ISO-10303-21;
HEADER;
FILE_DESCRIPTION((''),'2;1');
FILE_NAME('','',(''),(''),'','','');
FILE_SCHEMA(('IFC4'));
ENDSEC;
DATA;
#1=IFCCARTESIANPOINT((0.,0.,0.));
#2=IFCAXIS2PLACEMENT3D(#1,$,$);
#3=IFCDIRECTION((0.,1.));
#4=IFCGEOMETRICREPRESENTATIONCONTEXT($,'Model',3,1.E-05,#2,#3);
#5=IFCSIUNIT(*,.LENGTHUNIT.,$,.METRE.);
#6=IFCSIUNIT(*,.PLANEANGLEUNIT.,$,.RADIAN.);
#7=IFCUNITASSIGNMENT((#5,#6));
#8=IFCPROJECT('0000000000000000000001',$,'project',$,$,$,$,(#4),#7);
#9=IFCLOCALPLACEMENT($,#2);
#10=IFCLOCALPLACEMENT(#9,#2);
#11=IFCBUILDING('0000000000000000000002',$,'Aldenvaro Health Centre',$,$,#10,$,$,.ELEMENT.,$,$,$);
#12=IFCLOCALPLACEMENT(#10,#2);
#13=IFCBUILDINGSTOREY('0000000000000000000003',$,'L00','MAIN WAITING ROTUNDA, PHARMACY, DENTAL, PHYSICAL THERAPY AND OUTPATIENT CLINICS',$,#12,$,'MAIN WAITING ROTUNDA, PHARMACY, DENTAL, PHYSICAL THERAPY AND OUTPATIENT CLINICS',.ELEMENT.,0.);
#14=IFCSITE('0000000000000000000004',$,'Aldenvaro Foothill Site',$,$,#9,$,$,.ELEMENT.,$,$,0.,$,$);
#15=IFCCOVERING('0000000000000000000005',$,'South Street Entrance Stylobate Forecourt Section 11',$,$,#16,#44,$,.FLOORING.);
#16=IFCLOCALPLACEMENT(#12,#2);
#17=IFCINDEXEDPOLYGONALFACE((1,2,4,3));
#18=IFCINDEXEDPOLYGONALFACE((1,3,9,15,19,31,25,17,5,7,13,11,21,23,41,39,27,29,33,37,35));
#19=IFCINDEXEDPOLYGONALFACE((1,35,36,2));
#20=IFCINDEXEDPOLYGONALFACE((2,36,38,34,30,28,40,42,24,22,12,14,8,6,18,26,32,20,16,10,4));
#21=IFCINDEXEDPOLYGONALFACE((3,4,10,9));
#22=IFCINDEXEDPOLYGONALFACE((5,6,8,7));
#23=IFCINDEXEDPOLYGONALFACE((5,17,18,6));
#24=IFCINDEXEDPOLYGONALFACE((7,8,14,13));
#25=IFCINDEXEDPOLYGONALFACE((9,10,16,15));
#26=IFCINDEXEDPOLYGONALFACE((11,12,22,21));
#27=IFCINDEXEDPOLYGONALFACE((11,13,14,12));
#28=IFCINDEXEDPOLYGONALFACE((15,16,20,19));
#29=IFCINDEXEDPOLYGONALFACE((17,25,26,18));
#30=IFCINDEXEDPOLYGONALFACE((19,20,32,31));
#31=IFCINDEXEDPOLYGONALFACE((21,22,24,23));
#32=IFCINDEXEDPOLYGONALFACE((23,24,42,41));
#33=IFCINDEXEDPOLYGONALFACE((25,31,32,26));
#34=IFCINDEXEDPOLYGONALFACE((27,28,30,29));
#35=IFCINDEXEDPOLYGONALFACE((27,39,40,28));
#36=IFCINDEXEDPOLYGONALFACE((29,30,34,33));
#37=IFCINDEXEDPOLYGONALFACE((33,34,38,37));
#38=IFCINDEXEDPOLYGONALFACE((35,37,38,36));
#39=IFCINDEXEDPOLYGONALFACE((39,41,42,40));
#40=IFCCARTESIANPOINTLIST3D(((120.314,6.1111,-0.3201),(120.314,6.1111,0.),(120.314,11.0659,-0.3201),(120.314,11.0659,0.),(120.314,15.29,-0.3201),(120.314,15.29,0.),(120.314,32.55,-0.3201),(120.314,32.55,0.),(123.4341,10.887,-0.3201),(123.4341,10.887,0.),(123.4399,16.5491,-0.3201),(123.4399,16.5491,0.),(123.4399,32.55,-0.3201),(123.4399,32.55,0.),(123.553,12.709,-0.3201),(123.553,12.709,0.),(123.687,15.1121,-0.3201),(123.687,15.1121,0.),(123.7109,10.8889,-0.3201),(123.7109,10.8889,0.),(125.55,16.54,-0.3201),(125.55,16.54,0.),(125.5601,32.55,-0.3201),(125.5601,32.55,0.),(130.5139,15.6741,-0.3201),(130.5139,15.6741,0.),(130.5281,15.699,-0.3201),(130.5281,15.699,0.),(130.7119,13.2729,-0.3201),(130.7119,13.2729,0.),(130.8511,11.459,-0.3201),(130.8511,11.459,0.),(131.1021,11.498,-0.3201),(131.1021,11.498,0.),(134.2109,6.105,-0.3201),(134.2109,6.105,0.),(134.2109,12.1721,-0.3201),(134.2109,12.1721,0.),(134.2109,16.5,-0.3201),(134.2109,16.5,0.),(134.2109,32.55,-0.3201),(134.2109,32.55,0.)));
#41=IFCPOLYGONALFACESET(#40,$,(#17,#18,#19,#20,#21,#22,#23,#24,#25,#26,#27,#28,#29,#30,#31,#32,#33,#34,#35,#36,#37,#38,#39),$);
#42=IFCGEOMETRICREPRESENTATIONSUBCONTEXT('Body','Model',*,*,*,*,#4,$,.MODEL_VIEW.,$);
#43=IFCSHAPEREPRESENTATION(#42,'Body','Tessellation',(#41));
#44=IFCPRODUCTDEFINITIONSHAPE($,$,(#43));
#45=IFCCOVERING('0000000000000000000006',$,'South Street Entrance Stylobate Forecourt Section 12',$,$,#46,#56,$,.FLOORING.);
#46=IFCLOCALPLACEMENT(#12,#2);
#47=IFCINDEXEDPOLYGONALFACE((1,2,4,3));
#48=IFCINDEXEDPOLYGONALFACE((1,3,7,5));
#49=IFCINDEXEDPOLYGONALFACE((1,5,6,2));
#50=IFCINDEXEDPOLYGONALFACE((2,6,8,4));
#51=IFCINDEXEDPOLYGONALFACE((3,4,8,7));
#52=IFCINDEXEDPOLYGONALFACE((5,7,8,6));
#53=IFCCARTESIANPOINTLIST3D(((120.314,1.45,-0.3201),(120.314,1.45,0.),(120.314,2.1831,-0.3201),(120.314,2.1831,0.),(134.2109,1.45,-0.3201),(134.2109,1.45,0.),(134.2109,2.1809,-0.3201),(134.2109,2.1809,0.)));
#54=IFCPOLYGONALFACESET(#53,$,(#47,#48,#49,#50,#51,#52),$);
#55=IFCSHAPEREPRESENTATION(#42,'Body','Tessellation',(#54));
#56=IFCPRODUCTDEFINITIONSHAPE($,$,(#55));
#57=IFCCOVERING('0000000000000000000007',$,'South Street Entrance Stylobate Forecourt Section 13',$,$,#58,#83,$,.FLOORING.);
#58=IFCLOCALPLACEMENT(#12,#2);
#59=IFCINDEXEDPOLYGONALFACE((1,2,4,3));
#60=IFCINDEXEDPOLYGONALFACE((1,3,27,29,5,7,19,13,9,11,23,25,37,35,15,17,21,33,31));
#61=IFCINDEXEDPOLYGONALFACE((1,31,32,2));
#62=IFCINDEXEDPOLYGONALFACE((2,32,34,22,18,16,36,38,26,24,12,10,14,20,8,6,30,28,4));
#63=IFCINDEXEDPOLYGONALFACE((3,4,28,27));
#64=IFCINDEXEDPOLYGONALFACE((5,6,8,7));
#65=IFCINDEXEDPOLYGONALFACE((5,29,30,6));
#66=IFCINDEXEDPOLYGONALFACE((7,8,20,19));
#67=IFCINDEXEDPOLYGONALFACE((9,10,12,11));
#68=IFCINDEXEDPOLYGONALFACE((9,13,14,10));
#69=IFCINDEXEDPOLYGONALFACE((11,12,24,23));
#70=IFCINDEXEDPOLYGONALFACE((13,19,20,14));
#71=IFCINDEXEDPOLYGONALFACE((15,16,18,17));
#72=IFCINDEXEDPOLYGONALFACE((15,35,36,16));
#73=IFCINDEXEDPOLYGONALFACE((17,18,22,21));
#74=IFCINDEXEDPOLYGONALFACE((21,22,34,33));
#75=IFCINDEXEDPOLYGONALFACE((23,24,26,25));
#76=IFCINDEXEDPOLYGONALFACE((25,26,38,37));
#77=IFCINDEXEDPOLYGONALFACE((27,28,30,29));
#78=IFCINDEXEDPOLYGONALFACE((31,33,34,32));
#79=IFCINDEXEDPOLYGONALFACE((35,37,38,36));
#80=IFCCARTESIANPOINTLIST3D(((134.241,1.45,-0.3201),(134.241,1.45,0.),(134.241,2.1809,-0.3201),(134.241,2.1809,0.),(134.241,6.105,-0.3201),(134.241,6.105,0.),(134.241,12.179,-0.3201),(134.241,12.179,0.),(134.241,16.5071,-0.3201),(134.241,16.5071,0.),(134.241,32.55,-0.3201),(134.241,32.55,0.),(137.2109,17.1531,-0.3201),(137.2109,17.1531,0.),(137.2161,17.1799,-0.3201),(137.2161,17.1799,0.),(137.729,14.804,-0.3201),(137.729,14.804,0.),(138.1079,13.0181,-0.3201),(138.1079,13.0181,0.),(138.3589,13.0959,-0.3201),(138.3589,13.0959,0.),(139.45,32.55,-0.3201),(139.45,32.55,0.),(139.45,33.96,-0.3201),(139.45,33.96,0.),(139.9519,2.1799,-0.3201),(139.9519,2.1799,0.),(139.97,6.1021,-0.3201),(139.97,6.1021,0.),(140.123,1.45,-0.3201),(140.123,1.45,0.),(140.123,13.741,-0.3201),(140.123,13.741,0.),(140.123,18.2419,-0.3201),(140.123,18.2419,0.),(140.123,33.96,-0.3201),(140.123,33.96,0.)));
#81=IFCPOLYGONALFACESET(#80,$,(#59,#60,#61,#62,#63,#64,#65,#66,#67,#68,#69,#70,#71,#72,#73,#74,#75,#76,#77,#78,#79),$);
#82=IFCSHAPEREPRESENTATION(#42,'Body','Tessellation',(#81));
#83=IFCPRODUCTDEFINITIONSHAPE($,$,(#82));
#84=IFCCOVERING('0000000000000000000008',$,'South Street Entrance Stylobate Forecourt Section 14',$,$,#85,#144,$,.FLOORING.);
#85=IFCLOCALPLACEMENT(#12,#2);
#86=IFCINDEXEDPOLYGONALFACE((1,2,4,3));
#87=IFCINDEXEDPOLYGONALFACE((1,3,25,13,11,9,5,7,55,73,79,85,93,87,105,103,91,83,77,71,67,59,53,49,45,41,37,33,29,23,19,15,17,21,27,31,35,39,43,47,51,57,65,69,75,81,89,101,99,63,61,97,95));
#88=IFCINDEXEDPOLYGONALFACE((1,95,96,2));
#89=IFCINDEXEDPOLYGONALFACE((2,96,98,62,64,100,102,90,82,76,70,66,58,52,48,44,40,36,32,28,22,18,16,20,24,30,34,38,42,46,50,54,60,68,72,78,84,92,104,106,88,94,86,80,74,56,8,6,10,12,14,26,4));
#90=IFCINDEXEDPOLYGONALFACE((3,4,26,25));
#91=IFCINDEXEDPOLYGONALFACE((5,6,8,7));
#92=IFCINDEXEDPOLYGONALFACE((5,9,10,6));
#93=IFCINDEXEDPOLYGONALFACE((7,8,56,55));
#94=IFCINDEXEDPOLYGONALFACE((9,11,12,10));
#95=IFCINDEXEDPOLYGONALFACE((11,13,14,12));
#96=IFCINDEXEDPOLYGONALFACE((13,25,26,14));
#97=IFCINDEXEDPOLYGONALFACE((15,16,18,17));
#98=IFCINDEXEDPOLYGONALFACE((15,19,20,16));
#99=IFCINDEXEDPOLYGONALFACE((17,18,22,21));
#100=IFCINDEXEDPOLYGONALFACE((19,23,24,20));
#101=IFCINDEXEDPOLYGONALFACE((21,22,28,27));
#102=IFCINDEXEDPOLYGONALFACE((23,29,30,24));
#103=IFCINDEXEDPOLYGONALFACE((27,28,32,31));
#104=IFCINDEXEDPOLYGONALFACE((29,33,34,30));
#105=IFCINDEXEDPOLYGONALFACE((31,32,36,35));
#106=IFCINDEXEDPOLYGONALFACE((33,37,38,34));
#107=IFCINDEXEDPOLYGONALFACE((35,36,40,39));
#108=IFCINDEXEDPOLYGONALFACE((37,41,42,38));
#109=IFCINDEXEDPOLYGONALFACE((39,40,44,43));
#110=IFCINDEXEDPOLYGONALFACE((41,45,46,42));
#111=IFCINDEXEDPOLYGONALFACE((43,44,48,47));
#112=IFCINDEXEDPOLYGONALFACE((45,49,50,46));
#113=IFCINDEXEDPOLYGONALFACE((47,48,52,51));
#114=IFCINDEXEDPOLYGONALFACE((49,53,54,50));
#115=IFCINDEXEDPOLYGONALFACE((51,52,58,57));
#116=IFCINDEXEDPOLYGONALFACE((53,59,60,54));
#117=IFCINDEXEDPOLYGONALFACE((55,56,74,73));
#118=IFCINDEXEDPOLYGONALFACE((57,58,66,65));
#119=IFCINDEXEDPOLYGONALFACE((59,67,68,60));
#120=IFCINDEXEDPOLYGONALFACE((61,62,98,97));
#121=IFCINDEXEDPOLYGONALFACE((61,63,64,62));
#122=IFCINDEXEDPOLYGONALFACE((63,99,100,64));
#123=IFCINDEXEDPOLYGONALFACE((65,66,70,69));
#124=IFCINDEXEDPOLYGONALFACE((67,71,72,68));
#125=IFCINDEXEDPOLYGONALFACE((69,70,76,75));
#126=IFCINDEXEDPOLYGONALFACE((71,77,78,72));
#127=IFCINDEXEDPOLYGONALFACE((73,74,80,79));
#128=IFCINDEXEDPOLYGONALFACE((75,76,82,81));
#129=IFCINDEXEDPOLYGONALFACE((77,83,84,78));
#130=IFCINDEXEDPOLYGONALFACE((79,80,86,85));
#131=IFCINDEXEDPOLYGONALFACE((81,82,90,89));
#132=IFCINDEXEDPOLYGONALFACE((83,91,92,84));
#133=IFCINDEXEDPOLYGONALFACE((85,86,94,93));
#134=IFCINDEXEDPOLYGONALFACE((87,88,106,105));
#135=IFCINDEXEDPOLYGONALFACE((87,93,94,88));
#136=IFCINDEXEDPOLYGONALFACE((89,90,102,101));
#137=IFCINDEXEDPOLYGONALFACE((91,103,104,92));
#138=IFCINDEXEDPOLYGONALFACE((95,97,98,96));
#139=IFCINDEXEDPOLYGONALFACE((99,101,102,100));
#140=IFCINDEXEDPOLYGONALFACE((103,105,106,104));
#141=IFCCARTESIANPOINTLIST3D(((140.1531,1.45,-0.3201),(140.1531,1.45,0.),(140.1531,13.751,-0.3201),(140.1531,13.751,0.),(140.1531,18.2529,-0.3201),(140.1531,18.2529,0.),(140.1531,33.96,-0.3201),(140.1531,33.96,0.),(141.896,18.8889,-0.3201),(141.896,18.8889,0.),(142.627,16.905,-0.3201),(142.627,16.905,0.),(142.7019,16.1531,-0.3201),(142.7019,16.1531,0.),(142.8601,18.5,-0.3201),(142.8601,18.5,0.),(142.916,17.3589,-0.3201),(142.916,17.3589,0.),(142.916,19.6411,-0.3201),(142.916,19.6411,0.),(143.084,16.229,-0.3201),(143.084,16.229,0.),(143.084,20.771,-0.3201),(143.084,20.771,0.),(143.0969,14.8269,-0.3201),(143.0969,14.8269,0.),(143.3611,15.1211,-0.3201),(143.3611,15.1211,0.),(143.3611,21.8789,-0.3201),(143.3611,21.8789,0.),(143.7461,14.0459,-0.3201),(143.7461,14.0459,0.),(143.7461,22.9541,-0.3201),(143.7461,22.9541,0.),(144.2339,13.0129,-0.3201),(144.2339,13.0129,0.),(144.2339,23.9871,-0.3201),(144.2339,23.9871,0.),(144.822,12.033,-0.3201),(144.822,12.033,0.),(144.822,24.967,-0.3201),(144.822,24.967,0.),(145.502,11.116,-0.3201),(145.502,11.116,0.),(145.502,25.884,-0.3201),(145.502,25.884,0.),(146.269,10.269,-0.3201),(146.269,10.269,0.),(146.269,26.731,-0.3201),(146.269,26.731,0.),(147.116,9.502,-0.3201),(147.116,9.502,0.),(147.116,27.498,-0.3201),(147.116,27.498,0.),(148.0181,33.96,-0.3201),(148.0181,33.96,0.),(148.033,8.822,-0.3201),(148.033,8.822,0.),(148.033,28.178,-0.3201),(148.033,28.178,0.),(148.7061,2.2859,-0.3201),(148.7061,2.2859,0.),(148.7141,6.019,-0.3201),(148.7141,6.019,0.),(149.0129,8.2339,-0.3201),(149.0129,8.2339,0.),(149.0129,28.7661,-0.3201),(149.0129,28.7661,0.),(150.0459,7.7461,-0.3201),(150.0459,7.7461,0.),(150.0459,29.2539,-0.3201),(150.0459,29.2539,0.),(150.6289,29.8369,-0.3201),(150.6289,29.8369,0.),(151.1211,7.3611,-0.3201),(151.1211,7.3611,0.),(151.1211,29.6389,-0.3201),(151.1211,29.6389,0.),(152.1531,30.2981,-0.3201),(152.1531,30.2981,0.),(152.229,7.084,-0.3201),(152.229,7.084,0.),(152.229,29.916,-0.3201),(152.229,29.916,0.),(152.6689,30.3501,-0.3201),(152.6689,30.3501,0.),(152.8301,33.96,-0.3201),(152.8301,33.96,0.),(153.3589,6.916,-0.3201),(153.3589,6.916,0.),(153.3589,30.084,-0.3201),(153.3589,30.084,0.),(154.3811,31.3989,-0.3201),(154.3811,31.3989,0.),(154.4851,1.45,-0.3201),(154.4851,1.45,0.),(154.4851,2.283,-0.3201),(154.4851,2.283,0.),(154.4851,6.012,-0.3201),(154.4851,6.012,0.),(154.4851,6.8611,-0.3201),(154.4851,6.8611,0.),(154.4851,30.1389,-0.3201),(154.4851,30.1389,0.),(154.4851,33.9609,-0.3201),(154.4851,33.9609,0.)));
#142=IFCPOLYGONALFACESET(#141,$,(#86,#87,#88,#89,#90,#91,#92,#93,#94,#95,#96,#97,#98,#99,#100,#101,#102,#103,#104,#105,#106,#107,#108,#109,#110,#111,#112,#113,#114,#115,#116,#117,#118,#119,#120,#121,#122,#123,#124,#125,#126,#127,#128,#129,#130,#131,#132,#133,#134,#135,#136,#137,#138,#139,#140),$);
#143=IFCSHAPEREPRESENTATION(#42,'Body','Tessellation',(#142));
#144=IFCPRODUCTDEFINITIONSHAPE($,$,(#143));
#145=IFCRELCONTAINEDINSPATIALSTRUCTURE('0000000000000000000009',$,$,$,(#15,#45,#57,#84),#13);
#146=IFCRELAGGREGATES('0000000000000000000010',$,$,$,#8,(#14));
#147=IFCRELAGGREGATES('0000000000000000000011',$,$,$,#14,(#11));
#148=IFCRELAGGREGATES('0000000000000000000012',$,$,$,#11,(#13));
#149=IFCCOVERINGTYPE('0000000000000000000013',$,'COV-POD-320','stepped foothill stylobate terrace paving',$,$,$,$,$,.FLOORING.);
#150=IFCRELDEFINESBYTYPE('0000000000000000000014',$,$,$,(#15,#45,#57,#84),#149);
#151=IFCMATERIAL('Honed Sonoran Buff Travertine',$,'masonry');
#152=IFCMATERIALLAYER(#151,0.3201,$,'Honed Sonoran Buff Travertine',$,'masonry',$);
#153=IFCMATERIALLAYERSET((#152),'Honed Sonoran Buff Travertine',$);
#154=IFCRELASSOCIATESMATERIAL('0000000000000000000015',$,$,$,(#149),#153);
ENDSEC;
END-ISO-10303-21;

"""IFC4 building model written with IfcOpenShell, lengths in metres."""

from ifc_helpers import new_model, si_unit, direction, frame, origin, place, context, subcontext, project, spatial, polyline, outline, extrude, material, layer, layer_set, type_object, element, save


model = new_model("IFC4")

# Units and contexts
model_context = context("Model", 3, precision=1e-05, world=origin(), true_north=direction((0.0, 1.0)))
body_context = subcontext(model_context, "Body", "Model", "MODEL_VIEW")
ifc_project = project(units=[si_unit("LENGTHUNIT", "METRE"), si_unit("PLANEANGLEUNIT", "RADIAN")], contexts=[model_context])

# Site, building, storey
site_placement = place(None, origin())
site = spatial("IfcSite", under=ifc_project, at=site_placement, Name="Aldenvaro Foothill Site", CompositionType="ELEMENT", RefElevation=0.0)
building_placement = place(site_placement, origin())
building = spatial("IfcBuilding", under=site, at=building_placement, Name="Aldenvaro Health Centre", CompositionType="ELEMENT")
storey_placement = place(building_placement, origin())
storey = spatial("IfcBuildingStorey", under=building, at=storey_placement, Name="L00", Description="MAIN WAITING ROTUNDA, PHARMACY, DENTAL, PHYSICAL THERAPY AND OUTPATIENT CLINICS", LongName="MAIN WAITING ROTUNDA, PHARMACY, DENTAL, PHYSICAL THERAPY AND OUTPATIENT CLINICS", CompositionType="ELEMENT", Elevation=0.0)

# Coverings
ifc_material_1 = material(Name="Honed Sonoran Buff Travertine", Category="masonry")
ifc_layer_1 = layer(ifc_material_1, 0.3201, Name="Honed Sonoran Buff Travertine", Category="masonry")
ifc_layer_set_1 = layer_set([ifc_layer_1], Name="Honed Sonoran Buff Travertine")
covering_type = type_object("IfcCoveringType", Name="COV-POD-320", Description="stepped foothill stylobate terrace paving", PredefinedType="FLOORING", material=ifc_layer_set_1)
covering_1_placement = place(storey_placement, frame((0.0, 0.0, -0.3201)))
element("IfcCovering", 1, at=covering_1_placement, inside=storey, type_object=covering_type, Name="South Street Entrance Stylobate Forecourt Section 11", PredefinedType="FLOORING", context=body_context, shape_type="SweptSolid", body=[
    extrude(outline(polyline([(125.55, 16.54), (125.5601, 32.55), (134.2109, 32.55), (134.2109, 16.5), (130.5281, 15.699), (130.7119, 13.2729), (131.1021, 11.498), (134.2109, 12.1721), (134.2109, 6.105), (120.314, 6.1111), (120.314, 11.0659), (123.4341, 10.887), (123.553, 12.709), (123.7109, 10.8889), (130.8511, 11.459), (130.5139, 15.6741), (123.687, 15.1121), (120.314, 15.29), (120.314, 32.55), (123.4399, 32.55), (123.4399, 16.5491), (125.55, 16.54)])), origin(), (0.0, 0.0, 1.0), 0.3201),
])
covering_2_placement = place(storey_placement, frame((0.0, 0.0, -0.3201)))
element("IfcCovering", 2, at=covering_2_placement, inside=storey, type_object=covering_type, Name="South Street Entrance Stylobate Forecourt Section 12", PredefinedType="FLOORING", context=body_context, shape_type="SweptSolid", body=[
    extrude(outline(polyline([(120.314, 1.45), (120.314, 2.1831), (134.2109, 2.1809), (134.2109, 1.45), (120.314, 1.45)])), origin(), (0.0, 0.0, 1.0), 0.3201),
])
covering_3_placement = place(storey_placement, frame((0.0, 0.0, -0.3201)))
element("IfcCovering", 3, at=covering_3_placement, inside=storey, type_object=covering_type, Name="South Street Entrance Stylobate Forecourt Section 13", PredefinedType="FLOORING", context=body_context, shape_type="SweptSolid", body=[
    extrude(outline(polyline([(139.45, 33.96), (140.123, 33.96), (140.123, 18.2419), (137.2161, 17.1799), (137.729, 14.804), (138.3589, 13.0959), (140.123, 13.741), (140.123, 1.45), (134.241, 1.45), (134.241, 2.1809), (139.9519, 2.1799), (139.97, 6.1021), (134.241, 6.105), (134.241, 12.179), (138.1079, 13.0181), (137.2109, 17.1531), (134.241, 16.5071), (134.241, 32.55), (139.45, 32.55), (139.45, 33.96)])), origin(), (0.0, 0.0, 1.0), 0.3201),
])
covering_4_placement = place(storey_placement, frame((0.0, 0.0, -0.3201)))
element("IfcCovering", 4, at=covering_4_placement, inside=storey, type_object=covering_type, Name="South Street Entrance Stylobate Forecourt Section 14", PredefinedType="FLOORING", context=body_context, shape_type="SweptSolid", body=[
    extrude(outline(polyline([(148.0181, 33.96), (150.6289, 29.8369), (152.1531, 30.2981), (152.6689, 30.3501), (154.3811, 31.3989), (152.8301, 33.96), (154.4851, 33.9609), (154.4851, 30.1389), (153.3589, 30.084), (152.229, 29.916), (151.1211, 29.6389), (150.0459, 29.2539), (149.0129, 28.7661), (148.033, 28.178), (147.116, 27.498), (146.269, 26.731), (145.502, 25.884), (144.822, 24.967), (144.2339, 23.9871), (143.7461, 22.9541), (143.3611, 21.8789), (143.084, 20.771), (142.916, 19.6411), (142.8601, 18.5), (142.916, 17.3589), (143.084, 16.229), (143.3611, 15.1211), (143.7461, 14.0459), (144.2339, 13.0129), (144.822, 12.033), (145.502, 11.116), (146.269, 10.269), (147.116, 9.502), (148.033, 8.822), (149.0129, 8.2339), (150.0459, 7.7461), (151.1211, 7.3611), (152.229, 7.084), (153.3589, 6.916), (154.4851, 6.8611), (154.4851, 6.012), (148.7141, 6.019), (148.7061, 2.2859), (154.4851, 2.283), (154.4851, 1.45), (140.1531, 1.45), (140.1531, 13.751), (143.0969, 14.8269), (142.7019, 16.1531), (142.627, 16.905), (141.896, 18.8889), (140.1531, 18.2529), (140.1531, 33.96), (148.0181, 33.96)])), origin(), (0.0, 0.0, 1.0), 0.3201),
])

save(model, "model.ifc")
